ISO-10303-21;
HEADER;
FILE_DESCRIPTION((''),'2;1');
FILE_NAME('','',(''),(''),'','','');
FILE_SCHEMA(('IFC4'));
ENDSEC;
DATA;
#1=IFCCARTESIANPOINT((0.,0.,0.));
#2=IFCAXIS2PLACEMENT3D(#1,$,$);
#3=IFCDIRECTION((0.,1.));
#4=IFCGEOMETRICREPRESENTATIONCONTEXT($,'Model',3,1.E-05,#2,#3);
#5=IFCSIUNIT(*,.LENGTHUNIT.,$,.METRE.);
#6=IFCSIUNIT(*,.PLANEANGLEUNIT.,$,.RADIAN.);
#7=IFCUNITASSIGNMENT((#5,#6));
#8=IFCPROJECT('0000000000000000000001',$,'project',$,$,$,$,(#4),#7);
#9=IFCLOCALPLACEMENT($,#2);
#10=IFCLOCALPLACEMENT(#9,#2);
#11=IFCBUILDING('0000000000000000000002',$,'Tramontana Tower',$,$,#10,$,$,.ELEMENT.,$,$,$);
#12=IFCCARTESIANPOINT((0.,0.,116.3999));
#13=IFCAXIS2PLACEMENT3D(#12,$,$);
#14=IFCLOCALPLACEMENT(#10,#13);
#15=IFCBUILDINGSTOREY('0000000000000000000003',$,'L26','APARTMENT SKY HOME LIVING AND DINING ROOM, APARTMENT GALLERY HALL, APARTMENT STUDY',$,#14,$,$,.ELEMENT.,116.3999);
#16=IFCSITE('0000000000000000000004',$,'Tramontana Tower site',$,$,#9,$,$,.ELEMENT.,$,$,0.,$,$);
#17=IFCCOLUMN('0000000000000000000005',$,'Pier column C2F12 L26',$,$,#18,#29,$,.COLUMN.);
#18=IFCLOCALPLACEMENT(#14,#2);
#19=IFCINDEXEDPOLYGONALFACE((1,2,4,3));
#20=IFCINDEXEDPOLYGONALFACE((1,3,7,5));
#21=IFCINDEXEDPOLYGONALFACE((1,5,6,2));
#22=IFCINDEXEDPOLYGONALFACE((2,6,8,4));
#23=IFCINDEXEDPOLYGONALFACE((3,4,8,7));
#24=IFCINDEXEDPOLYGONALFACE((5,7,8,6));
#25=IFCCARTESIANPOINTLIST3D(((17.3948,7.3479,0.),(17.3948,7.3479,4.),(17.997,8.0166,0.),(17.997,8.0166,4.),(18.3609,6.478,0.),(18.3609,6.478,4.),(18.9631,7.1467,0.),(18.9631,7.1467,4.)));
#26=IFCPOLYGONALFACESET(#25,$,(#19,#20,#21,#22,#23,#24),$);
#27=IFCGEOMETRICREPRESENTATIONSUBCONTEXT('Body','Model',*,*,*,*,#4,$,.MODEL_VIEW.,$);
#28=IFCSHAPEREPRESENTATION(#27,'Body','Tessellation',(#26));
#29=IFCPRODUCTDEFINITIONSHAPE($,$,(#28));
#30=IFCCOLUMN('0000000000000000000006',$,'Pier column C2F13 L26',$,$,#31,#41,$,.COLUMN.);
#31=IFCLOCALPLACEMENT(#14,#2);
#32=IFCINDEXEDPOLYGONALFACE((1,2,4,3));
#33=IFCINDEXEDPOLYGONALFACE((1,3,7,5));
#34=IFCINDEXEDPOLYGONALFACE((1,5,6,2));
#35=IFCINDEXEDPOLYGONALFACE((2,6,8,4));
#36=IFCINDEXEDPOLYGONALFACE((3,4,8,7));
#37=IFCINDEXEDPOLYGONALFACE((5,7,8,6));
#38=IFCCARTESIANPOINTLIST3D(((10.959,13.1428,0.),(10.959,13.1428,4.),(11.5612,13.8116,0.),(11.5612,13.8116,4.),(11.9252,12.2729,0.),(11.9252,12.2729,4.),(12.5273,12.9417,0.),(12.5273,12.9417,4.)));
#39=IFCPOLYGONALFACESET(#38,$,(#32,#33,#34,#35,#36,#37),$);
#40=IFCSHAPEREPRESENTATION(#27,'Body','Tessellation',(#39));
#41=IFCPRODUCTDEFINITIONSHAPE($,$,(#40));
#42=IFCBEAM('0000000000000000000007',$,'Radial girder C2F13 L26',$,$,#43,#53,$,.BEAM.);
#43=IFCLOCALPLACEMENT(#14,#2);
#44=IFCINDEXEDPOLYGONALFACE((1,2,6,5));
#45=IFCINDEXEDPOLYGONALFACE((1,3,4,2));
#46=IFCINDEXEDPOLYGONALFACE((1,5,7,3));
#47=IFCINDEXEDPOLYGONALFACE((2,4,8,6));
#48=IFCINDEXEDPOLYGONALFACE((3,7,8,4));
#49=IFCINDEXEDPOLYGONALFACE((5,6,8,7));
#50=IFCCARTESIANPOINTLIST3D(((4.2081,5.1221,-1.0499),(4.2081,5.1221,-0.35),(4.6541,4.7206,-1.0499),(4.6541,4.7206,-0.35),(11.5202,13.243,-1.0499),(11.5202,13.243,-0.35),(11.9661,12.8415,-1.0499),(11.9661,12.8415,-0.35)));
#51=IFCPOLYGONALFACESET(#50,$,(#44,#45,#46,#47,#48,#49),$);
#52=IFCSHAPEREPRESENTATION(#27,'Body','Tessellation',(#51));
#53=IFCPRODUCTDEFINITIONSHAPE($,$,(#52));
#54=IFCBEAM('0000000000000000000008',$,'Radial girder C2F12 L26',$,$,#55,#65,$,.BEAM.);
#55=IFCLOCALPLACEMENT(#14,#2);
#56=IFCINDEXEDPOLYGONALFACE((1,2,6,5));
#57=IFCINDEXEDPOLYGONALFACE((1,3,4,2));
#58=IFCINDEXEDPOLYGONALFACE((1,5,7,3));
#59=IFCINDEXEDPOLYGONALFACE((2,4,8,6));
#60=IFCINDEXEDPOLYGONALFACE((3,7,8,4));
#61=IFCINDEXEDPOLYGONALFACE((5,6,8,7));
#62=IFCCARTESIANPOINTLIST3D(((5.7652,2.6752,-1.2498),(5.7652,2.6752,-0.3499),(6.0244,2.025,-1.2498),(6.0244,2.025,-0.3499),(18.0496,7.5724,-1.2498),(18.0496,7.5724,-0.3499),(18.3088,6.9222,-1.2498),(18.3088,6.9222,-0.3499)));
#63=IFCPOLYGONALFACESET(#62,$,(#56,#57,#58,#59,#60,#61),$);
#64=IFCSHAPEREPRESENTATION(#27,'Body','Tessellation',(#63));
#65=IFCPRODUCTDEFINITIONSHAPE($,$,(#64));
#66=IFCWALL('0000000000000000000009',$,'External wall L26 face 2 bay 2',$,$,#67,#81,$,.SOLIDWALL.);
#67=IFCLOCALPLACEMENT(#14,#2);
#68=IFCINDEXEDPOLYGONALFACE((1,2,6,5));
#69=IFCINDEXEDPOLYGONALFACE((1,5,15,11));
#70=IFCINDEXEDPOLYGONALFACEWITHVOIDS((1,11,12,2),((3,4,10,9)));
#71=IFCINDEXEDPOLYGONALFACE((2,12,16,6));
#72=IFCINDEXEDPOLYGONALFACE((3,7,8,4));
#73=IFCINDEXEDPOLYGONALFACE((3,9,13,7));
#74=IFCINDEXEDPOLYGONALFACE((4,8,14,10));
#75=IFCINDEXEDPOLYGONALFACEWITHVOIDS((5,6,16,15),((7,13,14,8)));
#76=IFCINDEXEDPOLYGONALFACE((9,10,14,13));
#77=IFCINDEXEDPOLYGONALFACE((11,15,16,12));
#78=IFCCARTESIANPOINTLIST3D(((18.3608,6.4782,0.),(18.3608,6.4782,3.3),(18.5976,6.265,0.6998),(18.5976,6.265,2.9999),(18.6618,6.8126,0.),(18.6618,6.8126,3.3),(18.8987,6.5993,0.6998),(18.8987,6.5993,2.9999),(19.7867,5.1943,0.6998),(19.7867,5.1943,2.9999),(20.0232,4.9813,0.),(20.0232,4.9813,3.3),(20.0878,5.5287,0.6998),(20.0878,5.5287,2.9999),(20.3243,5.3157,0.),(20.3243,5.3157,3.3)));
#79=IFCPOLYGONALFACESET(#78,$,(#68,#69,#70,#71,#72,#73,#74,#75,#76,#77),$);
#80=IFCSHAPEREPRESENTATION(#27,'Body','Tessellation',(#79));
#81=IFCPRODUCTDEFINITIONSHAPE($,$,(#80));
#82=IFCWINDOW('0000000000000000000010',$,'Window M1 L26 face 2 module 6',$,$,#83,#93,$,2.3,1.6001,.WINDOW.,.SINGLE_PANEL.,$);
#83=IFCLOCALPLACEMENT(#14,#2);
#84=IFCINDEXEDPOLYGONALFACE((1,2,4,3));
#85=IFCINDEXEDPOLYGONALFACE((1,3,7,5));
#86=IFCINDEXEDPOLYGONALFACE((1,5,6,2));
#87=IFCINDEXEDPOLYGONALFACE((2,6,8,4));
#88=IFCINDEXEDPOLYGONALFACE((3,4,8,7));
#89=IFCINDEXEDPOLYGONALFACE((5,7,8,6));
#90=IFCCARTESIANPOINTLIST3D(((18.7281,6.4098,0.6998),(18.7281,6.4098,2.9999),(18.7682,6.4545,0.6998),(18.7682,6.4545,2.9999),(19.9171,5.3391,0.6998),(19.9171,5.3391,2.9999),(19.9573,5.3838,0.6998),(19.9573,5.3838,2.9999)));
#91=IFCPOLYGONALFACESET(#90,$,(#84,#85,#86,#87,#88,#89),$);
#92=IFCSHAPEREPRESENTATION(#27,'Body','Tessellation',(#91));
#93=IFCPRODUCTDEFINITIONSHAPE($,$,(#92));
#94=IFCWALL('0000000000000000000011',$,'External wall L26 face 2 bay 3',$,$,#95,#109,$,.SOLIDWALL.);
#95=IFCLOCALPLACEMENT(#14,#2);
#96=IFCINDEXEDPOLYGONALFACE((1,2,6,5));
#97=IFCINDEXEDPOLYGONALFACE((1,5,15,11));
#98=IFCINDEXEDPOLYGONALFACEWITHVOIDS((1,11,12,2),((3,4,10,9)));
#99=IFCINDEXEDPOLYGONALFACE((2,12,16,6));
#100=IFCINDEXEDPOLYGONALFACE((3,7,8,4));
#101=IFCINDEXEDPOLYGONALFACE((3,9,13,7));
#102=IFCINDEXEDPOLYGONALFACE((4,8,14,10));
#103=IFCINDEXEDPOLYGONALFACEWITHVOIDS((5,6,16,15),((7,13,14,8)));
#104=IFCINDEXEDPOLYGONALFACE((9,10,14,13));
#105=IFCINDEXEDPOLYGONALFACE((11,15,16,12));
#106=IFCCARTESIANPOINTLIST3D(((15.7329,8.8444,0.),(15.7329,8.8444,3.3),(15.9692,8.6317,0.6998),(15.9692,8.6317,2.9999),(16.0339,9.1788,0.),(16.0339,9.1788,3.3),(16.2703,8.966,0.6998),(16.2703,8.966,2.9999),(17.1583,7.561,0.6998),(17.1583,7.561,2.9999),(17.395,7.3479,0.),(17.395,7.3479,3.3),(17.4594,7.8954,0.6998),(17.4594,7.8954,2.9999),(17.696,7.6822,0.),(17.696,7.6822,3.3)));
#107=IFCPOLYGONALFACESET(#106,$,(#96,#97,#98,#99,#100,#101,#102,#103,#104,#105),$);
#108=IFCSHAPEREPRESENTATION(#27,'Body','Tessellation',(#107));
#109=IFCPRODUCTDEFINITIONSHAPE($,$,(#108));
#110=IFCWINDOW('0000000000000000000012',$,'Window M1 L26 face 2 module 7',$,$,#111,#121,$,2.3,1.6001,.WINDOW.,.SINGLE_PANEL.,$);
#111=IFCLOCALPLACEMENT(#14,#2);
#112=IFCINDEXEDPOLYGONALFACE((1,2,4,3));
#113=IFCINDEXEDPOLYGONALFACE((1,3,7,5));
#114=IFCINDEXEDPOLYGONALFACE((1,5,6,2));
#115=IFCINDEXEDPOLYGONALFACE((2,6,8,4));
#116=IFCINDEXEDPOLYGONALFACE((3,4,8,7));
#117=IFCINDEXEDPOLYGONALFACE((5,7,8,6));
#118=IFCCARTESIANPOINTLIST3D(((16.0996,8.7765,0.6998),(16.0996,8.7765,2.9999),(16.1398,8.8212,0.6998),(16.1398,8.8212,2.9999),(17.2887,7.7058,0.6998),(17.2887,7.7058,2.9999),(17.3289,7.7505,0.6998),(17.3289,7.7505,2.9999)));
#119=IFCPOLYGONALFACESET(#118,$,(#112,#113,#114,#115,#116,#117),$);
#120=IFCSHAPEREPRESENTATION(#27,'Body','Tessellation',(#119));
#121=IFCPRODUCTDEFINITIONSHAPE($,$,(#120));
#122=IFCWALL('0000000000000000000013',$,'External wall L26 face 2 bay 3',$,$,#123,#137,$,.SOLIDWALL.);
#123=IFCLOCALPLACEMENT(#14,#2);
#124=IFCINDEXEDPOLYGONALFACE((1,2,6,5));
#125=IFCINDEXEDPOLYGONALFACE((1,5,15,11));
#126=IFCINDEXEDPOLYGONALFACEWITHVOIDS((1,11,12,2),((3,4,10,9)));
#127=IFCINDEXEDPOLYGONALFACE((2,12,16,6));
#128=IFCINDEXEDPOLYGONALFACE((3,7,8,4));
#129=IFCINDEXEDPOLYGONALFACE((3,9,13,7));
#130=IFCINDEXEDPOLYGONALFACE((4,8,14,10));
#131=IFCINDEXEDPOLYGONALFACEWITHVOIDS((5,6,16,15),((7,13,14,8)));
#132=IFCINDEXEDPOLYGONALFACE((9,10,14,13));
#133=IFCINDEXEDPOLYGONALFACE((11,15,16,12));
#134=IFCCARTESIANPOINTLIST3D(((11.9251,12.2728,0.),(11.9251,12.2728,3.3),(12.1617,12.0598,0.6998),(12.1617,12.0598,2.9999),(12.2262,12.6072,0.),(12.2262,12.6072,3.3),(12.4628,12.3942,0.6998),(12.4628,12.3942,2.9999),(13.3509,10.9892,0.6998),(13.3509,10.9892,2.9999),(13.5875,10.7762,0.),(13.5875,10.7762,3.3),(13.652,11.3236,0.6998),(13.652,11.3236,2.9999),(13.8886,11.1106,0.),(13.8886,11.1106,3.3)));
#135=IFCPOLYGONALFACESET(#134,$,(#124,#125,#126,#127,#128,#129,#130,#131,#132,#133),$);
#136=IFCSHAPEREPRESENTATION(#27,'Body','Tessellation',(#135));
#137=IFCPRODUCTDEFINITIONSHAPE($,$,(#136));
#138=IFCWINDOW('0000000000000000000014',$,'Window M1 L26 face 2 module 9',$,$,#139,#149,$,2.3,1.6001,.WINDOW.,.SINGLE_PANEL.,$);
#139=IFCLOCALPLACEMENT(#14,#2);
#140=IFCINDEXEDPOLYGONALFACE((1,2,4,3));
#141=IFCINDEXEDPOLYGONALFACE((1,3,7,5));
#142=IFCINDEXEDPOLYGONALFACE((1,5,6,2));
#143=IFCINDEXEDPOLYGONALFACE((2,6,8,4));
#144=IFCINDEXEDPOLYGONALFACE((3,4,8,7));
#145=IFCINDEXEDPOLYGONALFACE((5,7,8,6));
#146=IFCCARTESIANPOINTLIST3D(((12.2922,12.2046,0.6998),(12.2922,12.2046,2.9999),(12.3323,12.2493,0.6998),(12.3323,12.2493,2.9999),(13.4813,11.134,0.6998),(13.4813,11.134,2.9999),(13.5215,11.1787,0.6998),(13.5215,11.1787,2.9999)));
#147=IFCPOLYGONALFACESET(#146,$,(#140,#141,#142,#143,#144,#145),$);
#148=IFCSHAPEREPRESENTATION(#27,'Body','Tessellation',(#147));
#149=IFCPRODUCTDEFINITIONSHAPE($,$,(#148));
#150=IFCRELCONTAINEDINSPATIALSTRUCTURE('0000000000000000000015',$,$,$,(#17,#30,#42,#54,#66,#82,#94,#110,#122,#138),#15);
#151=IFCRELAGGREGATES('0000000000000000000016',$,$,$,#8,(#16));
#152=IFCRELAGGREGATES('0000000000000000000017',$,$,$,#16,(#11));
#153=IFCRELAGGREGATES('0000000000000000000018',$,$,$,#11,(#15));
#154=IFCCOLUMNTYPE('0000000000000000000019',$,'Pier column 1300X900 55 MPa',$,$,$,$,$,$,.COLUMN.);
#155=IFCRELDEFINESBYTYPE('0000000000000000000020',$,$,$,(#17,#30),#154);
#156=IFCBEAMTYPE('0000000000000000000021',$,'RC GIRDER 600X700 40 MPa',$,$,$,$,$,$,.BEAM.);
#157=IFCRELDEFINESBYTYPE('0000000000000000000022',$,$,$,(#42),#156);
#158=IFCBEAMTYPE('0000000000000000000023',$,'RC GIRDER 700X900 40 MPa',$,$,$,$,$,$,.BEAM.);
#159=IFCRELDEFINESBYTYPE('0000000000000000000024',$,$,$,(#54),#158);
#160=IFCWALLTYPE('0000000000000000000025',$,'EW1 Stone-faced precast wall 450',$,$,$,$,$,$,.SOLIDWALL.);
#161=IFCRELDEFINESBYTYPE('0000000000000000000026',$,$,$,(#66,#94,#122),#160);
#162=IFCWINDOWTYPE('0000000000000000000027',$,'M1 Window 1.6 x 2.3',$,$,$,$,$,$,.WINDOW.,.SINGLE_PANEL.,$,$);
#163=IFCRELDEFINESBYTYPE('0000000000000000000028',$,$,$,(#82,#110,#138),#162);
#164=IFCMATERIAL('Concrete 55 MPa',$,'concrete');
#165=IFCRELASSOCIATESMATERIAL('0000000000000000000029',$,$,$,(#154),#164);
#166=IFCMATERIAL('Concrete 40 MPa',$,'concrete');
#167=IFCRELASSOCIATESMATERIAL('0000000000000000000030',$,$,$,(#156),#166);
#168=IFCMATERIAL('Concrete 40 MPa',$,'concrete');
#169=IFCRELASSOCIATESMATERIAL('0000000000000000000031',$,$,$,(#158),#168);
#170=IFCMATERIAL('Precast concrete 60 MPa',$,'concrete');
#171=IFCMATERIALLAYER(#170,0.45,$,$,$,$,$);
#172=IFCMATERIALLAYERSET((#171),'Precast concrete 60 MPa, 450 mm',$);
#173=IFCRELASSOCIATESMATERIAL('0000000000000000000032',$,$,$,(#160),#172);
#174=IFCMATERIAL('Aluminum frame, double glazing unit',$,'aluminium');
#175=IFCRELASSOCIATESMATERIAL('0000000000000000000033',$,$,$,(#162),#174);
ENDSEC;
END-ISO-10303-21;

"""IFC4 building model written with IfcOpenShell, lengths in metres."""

from ifc_helpers import new_model, si_unit, direction, frame, frame_2d, origin, origin_2d, place, context, subcontext, project, spatial, rectangle, extrude, material, layer, layer_set, material_profile, profile_set, type_object, element, fill, save


model = new_model("IFC4")

# Units and contexts
model_context = context("Model", 3, precision=1e-05, world=origin(), true_north=direction((0.0, 1.0)))
body_context = subcontext(model_context, "Body", "Model", "MODEL_VIEW")
ifc_project = project(units=[si_unit("LENGTHUNIT", "METRE"), si_unit("PLANEANGLEUNIT", "RADIAN")], contexts=[model_context])

# Site, building, storey
site_placement = place(None, origin())
site = spatial("IfcSite", under=ifc_project, at=site_placement, Name="Tramontana Tower site", CompositionType="ELEMENT", RefElevation=0.0)
building_placement = place(site_placement, origin())
building = spatial("IfcBuilding", under=site, at=building_placement, Name="Tramontana Tower", CompositionType="ELEMENT")
storey_placement = place(building_placement, frame((0.0, 0.0, 116.3999)))
storey = spatial("IfcBuildingStorey", under=building, at=storey_placement, Name="L26", Description="APARTMENT SKY HOME LIVING AND DINING ROOM, APARTMENT GALLERY HALL, APARTMENT STUDY", CompositionType="ELEMENT", Elevation=116.3999)

# Columns
ifc_material_1 = material(Name="Concrete 55 MPa", Category="concrete")
ifc_material_profile_1 = material_profile(ifc_material_1, rectangle(XDim=1.3, YDim=0.8999, at=origin_2d()), Name="Pier column 1300X900 55 MPa")
ifc_profile_set_1 = profile_set([ifc_material_profile_1], Name="Concrete 55 MPa")
column_type = type_object("IfcColumnType", Name="Pier column 1300X900 55 MPa", PredefinedType="COLUMN", material=ifc_profile_set_1)
for number, where, z_axis, x_axis, name in (
    (1, (18.179, 7.2473, 0.0), (0.0, 0.0, 1.0), (-0.743145, 0.669131, 0.0), "Pier column C2F12 L26"),
    (2, (11.7432, 13.0422, 0.0), (0.0, 0.0, 1.0), (-0.743145, 0.669131, 0.0), "Pier column C2F13 L26"),
):
    element("IfcColumn", number, at=place(storey_placement, frame(where, z_axis=z_axis, x_axis=x_axis)), inside=storey, type_object=column_type, Name=name, PredefinedType="COLUMN", context=body_context, shape_type="SweptSolid", body=[
        extrude(rectangle(XDim=1.3, YDim=0.8999, at=origin_2d()), origin(), (0.0, 0.0, 1.0), 4.0),
    ])

# Beams
ifc_material_2 = material(Name="Concrete 40 MPa", Category="concrete")
ifc_material_profile_2 = material_profile(ifc_material_2, rectangle(XDim=0.6001, YDim=0.7, at=origin_2d()), Name="RC GIRDER 600X700 40 MPa")
ifc_profile_set_2 = profile_set([ifc_material_profile_2], Name="Concrete 40 MPa")
beam_type_1 = type_object("IfcBeamType", Name="RC GIRDER 600X700 40 MPa", PredefinedType="BEAM", material=ifc_profile_set_2)
beam_1_placement = place(storey_placement, frame((11.7432, 13.0422, -0.7), z_axis=(-0.669129, -0.743146, 0.0), x_axis=(0.743146, -0.669129, 0.0)))
element("IfcBeam", 3, at=beam_1_placement, inside=storey, type_object=beam_type_1, Name="Radial girder C2F13 L26", PredefinedType="BEAM", context=body_context, shape_type="SweptSolid", body=[
    extrude(rectangle(XDim=0.6001, YDim=0.7, at=origin_2d()), origin(), (0.0, 0.0, 1.0), 10.9277),
])
ifc_material_3 = material(Name="Concrete 40 MPa", Category="concrete")
ifc_material_profile_3 = material_profile(ifc_material_3, rectangle(XDim=0.7, YDim=0.8999, at=origin_2d()), Name="RC GIRDER 700X900 40 MPa")
ifc_profile_set_3 = profile_set([ifc_material_profile_3], Name="Concrete 40 MPa")
beam_type_2 = type_object("IfcBeamType", Name="RC GIRDER 700X900 40 MPa", PredefinedType="BEAM", material=ifc_profile_set_3)
beam_2_placement = place(storey_placement, frame((18.1792, 7.2473, -0.7998), z_axis=(-0.928908, -0.370311, 0.0), x_axis=(0.370311, -0.928908, 0.0)))
element("IfcBeam", 4, at=beam_2_placement, inside=storey, type_object=beam_type_2, Name="Radial girder C2F12 L26", PredefinedType="BEAM", context=body_context, shape_type="SweptSolid", body=[
    extrude(rectangle(XDim=0.7, YDim=0.8999, at=origin_2d()), origin(), (0.0, 0.0, 1.0), 13.2246),
])

# Walls, openings, windows
ifc_material_4 = material(Name="Precast concrete 60 MPa", Category="concrete")
ifc_layer_1 = layer(ifc_material_4, 0.45)
ifc_layer_set_1 = layer_set([ifc_layer_1], Name="Precast concrete 60 MPa, 450 mm")
wall_type_1 = type_object("IfcWallType", Name="EW1 Stone-faced precast wall 450", PredefinedType="SOLIDWALL", material=ifc_layer_set_1)
wall_1_placement = place(storey_placement, frame((20.1738, 5.1484, 0.0), z_axis=(0.0, 0.0, 1.0), x_axis=(-0.743137, 0.66914, 0.0)))
wall_1 = element("IfcWall", 5, at=wall_1_placement, inside=storey, type_object=wall_type_1, Name="External wall L26 face 2 bay 2", PredefinedType="SOLIDWALL", context=body_context, shape_type="SweptSolid", body=[
    extrude(rectangle(XDim=2.2371, YDim=0.45, at=frame_2d((1.1187, 0.0))), origin(), (0.0, 0.0, 1.0), 3.3),
])
opening_1_placement = place(wall_1_placement, frame((0.3184, 0.0, 0.7)))
opening_1 = element("IfcOpeningElement", 6, at=opening_1_placement, cuts=wall_1, PredefinedType="OPENING", context=body_context, shape_type="SweptSolid", body=[
    extrude(rectangle(XDim=1.6001, YDim=2.3, at=frame_2d((0.8, 1.1499))), frame((0.0, 0.2349, 0.0), z_axis=(0.0, -1.0, 0.0), x_axis=(1.0, 0.0, 0.0)), (0.0, 0.0, 1.0), 0.47),
])
ifc_material_5 = material(Name="Aluminum frame, double glazing unit", Category="aluminium")
window_type = type_object("IfcWindowType", Name="M1 Window 1.6 x 2.3", PartitioningType="SINGLE_PANEL", PredefinedType="WINDOW", material=ifc_material_5)
window_1_placement = place(opening_1_placement, origin())
window_1 = element("IfcWindow", 7, at=window_1_placement, inside=storey, type_object=window_type, Name="Window M1 L26 face 2 module 6", OverallHeight=2.3, OverallWidth=1.6001, PartitioningType="SINGLE_PANEL", PredefinedType="WINDOW", context=body_context, shape_type="SweptSolid", body=[
    extrude(rectangle(XDim=1.6001, YDim=2.3, at=frame_2d((0.8, 1.1499))), frame((0.0, 0.03, 0.0), z_axis=(0.0, -1.0, 0.0), x_axis=(1.0, 0.0, 0.0)), (0.0, 0.0, 1.0), 0.0601),
])
fill(opening_1, window_1)
wall_2_placement = place(storey_placement, frame((17.5454, 7.5151, 0.0), z_axis=(0.0, 0.0, 1.0), x_axis=(-0.743142, 0.669134, 0.0)))
wall_2 = element("IfcWall", 8, at=wall_2_placement, inside=storey, type_object=wall_type_1, Name="External wall L26 face 2 bay 3", PredefinedType="SOLIDWALL", context=body_context, shape_type="SweptSolid", body=[
    extrude(rectangle(XDim=2.2366, YDim=0.45, at=frame_2d((1.1182, 0.0))), origin(), (0.0, 0.0, 1.0), 3.3),
])
opening_2_placement = place(wall_2_placement, frame((0.3184, 0.0, 0.7)))
opening_2 = element("IfcOpeningElement", 9, at=opening_2_placement, cuts=wall_2, PredefinedType="OPENING", context=body_context, shape_type="SweptSolid", body=[
    extrude(rectangle(XDim=1.6001, YDim=2.3, at=frame_2d((0.8, 1.1499))), frame((0.0, 0.2349, 0.0), z_axis=(0.0, -1.0, 0.0), x_axis=(1.0, 0.0, 0.0)), (0.0, 0.0, 1.0), 0.47),
])
window_2_placement = place(opening_2_placement, origin())
window_2 = element("IfcWindow", 10, at=window_2_placement, inside=storey, type_object=window_type, Name="Window M1 L26 face 2 module 7", OverallHeight=2.3, OverallWidth=1.6001, PartitioningType="SINGLE_PANEL", PredefinedType="WINDOW", context=body_context, shape_type="SweptSolid", body=[
    extrude(rectangle(XDim=1.6001, YDim=2.3, at=frame_2d((0.8, 1.1499))), frame((0.0, 0.03, 0.0), z_axis=(0.0, -1.0, 0.0), x_axis=(1.0, 0.0, 0.0)), (0.0, 0.0, 1.0), 0.0601),
])
fill(opening_2, window_2)
wall_3_placement = place(storey_placement, frame((13.738, 10.9434, 0.0), z_axis=(0.0, 0.0, 1.0), x_axis=(-0.743191, 0.669079, 0.0)))
wall_3 = element("IfcWall", 11, at=wall_3_placement, inside=storey, type_object=wall_type_1, Name="External wall L26 face 2 bay 3", PredefinedType="SOLIDWALL", context=body_context, shape_type="SweptSolid", body=[
    extrude(rectangle(XDim=2.2368, YDim=0.45, at=frame_2d((1.1184, 0.0))), origin(), (0.0, 0.0, 1.0), 3.3),
])
opening_3_placement = place(wall_3_placement, frame((0.3184, 0.0, 0.7)))
opening_3 = element("IfcOpeningElement", 12, at=opening_3_placement, cuts=wall_3, PredefinedType="OPENING", context=body_context, shape_type="SweptSolid", body=[
    extrude(rectangle(XDim=1.6001, YDim=2.3, at=frame_2d((0.8, 1.1499))), frame((0.0, 0.2349, 0.0), z_axis=(0.0, -1.0, 0.0), x_axis=(1.0, 0.0, 0.0)), (0.0, 0.0, 1.0), 0.47),
])
window_3_placement = place(opening_3_placement, origin())
window_3 = element("IfcWindow", 13, at=window_3_placement, inside=storey, type_object=window_type, Name="Window M1 L26 face 2 module 9", OverallHeight=2.3, OverallWidth=1.6001, PartitioningType="SINGLE_PANEL", PredefinedType="WINDOW", context=body_context, shape_type="SweptSolid", body=[
    extrude(rectangle(XDim=1.6001, YDim=2.3, at=frame_2d((0.8, 1.1499))), frame((0.0, 0.03, 0.0), z_axis=(0.0, -1.0, 0.0), x_axis=(1.0, 0.0, 0.0)), (0.0, 0.0, 1.0), 0.0601),
])
fill(opening_3, window_3)

save(model, "model.ifc")
